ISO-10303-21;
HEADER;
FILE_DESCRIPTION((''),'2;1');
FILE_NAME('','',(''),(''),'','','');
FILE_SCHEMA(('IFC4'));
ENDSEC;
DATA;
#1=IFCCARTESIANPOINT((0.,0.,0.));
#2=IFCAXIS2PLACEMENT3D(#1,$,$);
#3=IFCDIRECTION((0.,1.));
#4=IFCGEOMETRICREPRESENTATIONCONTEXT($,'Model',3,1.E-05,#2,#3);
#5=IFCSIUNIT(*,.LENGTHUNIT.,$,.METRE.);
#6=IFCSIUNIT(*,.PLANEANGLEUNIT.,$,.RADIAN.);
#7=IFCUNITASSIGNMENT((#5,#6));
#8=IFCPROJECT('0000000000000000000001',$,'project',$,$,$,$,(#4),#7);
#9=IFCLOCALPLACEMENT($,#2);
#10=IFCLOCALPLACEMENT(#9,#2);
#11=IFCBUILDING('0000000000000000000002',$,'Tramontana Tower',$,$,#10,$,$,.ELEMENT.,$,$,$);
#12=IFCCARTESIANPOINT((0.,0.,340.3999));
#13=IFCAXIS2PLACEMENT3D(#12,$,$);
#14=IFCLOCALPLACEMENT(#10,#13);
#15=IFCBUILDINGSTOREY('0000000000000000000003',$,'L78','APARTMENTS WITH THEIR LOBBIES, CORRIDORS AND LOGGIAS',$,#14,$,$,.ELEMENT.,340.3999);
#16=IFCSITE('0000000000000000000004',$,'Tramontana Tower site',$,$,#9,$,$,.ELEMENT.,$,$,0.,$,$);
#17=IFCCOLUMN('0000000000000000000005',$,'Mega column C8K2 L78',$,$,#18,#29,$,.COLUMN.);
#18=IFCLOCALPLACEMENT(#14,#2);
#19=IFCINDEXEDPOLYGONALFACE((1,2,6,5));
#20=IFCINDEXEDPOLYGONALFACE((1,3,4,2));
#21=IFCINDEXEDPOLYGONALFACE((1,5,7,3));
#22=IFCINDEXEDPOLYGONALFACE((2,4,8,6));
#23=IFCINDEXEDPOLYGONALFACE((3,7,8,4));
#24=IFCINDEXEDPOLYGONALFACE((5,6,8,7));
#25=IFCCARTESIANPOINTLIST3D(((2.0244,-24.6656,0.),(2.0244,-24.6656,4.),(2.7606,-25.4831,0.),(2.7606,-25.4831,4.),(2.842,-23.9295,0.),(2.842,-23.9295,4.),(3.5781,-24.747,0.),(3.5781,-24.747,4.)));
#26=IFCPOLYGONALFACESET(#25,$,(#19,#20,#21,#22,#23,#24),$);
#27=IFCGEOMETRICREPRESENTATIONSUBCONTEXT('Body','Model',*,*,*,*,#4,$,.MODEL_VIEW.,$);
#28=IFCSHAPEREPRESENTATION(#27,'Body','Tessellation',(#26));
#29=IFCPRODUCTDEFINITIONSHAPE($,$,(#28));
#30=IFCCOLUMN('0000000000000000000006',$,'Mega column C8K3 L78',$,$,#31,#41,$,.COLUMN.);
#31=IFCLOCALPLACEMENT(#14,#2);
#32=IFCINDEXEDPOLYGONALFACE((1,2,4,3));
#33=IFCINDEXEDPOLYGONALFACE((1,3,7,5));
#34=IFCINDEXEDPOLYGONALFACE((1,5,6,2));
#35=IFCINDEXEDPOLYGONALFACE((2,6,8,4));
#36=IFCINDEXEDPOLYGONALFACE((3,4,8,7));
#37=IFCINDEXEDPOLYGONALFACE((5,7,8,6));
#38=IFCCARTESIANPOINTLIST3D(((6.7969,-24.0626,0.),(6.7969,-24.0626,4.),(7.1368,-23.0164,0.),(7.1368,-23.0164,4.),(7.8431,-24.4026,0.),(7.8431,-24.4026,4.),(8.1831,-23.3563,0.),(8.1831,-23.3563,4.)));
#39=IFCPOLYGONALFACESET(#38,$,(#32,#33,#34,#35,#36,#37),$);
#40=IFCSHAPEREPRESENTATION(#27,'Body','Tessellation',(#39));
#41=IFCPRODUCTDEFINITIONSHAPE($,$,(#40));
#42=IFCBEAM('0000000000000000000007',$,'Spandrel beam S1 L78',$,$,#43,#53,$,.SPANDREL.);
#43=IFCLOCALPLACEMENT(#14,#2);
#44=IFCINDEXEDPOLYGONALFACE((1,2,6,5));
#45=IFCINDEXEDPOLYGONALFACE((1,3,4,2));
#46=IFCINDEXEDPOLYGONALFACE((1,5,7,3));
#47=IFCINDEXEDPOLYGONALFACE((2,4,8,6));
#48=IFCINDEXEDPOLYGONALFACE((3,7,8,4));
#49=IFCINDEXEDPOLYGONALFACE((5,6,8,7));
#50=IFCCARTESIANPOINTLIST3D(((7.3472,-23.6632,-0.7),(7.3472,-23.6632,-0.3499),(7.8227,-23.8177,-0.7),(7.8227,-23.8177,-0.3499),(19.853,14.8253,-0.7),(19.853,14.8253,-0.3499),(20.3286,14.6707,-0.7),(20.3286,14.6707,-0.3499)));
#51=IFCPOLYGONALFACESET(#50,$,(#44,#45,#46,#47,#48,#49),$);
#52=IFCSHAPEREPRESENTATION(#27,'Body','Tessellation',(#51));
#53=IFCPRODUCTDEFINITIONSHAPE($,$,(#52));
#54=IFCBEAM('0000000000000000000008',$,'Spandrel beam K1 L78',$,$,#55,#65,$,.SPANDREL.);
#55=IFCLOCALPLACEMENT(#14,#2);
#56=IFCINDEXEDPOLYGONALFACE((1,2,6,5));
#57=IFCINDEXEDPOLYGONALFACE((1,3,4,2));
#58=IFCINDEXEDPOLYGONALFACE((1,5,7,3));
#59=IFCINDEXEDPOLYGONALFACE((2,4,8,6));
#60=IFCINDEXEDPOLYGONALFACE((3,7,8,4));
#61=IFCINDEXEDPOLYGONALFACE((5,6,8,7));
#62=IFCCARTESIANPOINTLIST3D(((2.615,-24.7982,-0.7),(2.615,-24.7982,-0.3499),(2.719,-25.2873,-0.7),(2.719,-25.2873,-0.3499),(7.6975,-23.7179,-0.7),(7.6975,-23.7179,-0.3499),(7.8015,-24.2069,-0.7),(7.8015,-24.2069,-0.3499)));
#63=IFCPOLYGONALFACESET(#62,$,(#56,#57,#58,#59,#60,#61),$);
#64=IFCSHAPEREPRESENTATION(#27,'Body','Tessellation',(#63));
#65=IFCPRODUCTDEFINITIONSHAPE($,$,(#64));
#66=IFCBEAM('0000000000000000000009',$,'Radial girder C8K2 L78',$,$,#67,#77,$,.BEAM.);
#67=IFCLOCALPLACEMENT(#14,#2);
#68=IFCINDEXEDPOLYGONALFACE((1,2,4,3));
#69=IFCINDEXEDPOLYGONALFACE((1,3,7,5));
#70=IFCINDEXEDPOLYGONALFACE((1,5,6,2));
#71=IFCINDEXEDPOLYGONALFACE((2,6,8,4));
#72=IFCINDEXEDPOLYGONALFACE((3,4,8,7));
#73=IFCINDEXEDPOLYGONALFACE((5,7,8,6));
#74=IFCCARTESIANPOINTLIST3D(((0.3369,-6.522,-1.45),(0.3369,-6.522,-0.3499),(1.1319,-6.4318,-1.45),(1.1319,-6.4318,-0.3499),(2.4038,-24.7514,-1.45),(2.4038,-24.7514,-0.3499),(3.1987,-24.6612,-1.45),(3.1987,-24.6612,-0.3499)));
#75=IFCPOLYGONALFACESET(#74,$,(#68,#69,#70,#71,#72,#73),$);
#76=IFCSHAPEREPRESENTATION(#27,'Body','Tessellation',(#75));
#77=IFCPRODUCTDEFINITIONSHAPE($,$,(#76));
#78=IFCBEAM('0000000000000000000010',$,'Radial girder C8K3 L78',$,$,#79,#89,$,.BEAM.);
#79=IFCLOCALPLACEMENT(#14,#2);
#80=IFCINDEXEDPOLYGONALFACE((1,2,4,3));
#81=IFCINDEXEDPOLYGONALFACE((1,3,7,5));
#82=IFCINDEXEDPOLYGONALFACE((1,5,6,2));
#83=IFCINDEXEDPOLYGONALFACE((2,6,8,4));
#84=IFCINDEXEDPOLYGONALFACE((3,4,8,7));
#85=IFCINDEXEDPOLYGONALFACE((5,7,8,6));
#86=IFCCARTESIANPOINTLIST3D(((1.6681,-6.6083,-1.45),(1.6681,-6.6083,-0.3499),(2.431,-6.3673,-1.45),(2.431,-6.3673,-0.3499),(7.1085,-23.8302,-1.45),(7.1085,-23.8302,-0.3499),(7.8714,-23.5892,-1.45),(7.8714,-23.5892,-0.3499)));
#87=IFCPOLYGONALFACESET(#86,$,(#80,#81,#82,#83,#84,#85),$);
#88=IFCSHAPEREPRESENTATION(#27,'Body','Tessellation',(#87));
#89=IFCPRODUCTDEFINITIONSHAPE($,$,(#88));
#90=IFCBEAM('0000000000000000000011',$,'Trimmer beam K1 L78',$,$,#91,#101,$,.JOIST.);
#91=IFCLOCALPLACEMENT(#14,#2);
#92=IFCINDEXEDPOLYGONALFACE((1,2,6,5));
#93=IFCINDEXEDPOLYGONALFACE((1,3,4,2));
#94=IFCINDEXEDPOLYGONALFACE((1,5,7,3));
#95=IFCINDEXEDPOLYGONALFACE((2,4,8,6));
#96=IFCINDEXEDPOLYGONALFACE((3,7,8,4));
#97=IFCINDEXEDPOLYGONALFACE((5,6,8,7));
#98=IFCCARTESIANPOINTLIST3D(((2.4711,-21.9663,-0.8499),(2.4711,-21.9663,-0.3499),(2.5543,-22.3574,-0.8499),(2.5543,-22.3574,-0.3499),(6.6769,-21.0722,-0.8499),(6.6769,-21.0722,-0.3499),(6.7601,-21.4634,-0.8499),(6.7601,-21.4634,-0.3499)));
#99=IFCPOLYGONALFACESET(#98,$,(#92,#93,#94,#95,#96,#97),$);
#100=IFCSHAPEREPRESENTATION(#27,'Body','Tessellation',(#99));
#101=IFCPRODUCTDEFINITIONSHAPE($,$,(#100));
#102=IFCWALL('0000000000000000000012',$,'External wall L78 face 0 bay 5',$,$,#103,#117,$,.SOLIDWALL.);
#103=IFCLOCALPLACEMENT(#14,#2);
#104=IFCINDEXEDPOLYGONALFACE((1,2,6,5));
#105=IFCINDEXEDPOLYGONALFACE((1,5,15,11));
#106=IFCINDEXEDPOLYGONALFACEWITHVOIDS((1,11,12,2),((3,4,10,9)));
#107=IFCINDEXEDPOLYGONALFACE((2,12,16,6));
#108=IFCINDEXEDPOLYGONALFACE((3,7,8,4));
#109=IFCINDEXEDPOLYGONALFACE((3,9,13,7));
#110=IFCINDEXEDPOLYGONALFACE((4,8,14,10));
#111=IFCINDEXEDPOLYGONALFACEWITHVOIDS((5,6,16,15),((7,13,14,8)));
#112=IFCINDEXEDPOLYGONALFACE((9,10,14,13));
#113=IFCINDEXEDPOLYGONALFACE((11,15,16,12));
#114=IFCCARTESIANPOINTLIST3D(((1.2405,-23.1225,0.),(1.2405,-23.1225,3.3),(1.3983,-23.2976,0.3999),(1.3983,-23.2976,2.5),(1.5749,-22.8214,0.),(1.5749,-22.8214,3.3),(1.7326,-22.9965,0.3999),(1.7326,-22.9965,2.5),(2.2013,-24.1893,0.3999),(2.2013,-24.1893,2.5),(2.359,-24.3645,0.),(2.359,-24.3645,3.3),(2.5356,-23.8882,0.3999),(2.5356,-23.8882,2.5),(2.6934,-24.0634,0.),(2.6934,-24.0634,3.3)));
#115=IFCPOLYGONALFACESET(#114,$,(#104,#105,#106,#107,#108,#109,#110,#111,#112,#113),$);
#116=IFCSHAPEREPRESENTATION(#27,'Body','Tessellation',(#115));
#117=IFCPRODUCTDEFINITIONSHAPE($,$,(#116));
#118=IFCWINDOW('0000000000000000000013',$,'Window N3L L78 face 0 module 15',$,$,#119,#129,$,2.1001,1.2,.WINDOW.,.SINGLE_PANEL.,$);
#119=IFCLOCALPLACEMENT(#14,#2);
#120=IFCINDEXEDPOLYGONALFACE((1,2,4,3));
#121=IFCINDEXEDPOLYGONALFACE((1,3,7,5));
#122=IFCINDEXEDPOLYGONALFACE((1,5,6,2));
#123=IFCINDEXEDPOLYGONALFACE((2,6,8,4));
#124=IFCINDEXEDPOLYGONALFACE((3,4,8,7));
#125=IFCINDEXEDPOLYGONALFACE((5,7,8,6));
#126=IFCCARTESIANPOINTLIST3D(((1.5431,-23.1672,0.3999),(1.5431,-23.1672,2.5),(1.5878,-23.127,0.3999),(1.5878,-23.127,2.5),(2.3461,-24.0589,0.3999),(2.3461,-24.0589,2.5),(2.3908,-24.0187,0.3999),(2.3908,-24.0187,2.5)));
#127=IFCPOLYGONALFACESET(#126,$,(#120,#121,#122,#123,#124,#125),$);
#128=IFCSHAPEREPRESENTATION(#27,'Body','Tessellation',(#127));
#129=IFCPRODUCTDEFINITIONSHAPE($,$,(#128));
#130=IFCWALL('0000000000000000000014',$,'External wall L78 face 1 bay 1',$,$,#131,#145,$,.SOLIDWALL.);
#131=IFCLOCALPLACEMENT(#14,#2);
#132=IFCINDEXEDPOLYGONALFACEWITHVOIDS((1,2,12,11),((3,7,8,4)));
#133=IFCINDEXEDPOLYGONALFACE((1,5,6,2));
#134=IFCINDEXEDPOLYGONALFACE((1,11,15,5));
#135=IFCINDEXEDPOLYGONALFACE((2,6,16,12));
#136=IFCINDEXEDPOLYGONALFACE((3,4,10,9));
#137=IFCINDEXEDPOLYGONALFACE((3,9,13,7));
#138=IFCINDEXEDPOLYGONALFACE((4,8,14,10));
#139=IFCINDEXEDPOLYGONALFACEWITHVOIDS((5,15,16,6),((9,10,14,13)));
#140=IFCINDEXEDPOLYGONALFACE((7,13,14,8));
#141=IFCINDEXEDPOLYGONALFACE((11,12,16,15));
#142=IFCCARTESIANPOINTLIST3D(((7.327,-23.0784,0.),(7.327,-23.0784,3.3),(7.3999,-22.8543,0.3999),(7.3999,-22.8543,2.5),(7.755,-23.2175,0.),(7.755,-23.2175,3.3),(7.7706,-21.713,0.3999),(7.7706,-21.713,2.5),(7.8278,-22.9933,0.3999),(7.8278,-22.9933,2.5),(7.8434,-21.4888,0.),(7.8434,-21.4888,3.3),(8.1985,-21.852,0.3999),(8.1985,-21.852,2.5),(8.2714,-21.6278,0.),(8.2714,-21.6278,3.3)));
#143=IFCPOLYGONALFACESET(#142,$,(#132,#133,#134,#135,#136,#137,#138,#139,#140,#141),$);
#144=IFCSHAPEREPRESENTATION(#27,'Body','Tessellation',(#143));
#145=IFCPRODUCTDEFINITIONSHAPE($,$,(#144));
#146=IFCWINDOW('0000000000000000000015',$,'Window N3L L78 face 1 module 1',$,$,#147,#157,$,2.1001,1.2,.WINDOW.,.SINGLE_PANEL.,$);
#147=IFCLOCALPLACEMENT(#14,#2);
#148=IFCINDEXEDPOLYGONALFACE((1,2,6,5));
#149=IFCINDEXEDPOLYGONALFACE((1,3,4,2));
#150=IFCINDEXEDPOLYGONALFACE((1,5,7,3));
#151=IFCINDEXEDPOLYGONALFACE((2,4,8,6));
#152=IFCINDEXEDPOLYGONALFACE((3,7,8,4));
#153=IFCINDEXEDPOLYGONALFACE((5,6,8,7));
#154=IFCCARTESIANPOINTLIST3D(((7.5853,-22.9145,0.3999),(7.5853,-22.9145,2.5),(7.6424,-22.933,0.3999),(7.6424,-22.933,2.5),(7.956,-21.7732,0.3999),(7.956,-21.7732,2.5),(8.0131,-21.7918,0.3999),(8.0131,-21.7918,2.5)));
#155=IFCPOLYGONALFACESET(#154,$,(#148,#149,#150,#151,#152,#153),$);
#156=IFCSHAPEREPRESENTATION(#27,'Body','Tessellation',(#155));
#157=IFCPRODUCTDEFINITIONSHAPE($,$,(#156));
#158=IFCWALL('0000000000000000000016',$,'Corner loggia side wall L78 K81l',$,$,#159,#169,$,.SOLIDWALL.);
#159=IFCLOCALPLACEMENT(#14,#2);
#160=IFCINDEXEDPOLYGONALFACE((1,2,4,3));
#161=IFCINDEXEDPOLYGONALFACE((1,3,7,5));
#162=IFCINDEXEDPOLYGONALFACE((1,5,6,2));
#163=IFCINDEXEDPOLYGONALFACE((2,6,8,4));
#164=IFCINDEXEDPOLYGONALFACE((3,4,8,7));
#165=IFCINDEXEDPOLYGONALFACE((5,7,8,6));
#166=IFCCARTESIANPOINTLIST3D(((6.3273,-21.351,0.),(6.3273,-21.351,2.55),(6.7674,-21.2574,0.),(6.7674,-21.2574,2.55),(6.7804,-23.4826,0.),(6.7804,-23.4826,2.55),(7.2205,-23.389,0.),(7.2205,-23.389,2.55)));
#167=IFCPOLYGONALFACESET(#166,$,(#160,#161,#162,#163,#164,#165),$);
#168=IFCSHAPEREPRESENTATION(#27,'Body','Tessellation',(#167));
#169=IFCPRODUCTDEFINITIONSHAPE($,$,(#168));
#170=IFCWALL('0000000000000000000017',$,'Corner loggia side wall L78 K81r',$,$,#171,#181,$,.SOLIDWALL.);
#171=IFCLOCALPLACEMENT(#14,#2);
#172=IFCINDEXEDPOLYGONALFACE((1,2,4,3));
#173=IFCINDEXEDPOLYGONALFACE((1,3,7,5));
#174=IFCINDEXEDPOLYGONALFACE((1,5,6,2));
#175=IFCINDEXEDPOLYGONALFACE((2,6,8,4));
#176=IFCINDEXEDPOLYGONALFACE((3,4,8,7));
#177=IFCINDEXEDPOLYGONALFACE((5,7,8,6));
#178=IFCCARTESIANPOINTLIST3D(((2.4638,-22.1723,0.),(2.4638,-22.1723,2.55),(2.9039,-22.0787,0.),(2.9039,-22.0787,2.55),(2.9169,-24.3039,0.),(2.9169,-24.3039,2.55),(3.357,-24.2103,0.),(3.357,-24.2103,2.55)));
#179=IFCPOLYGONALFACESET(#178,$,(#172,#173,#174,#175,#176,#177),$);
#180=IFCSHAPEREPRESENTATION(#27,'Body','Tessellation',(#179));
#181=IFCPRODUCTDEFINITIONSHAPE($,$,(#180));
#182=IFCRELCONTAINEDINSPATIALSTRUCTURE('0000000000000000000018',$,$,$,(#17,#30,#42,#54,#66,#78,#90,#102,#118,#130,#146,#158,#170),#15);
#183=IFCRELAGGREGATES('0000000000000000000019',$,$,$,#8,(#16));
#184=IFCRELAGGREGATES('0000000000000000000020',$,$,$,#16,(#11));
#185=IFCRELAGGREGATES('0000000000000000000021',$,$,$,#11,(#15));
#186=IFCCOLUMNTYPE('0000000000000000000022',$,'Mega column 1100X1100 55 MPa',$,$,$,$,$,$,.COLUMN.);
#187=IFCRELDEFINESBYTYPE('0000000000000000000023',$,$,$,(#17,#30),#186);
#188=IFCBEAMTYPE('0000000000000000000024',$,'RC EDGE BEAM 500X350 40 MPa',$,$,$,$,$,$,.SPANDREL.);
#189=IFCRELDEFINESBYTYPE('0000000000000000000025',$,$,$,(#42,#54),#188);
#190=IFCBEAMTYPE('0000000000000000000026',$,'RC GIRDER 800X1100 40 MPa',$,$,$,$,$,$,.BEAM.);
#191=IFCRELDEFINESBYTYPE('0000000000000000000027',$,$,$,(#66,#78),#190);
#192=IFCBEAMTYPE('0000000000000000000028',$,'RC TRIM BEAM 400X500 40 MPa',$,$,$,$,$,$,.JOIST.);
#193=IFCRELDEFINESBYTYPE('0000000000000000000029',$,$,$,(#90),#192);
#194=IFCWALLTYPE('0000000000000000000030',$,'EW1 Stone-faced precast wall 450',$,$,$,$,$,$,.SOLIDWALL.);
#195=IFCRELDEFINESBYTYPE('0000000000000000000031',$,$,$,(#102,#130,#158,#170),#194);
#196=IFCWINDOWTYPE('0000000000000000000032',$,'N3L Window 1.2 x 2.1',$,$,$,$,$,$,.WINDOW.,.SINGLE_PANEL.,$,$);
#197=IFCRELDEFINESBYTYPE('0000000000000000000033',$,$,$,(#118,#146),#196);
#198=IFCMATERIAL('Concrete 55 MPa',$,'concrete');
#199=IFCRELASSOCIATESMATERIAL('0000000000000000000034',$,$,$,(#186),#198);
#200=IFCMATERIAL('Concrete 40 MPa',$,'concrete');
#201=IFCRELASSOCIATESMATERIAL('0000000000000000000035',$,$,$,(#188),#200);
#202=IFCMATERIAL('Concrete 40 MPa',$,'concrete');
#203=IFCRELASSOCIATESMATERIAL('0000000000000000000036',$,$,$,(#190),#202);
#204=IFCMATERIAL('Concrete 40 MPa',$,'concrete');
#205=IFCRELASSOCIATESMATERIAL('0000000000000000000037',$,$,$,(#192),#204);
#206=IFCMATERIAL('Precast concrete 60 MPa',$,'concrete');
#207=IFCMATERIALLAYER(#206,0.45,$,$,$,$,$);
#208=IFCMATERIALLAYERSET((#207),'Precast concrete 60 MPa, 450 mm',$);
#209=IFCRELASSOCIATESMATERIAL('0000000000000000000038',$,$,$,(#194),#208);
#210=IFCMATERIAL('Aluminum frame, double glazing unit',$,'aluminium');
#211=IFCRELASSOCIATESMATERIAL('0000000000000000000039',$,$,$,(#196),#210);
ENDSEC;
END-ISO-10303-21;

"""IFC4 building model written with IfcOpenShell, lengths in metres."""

from ifc_helpers import new_model, si_unit, direction, frame, frame_2d, origin, origin_2d, place, context, subcontext, project, spatial, rectangle, extrude, material, layer, layer_set, material_profile, profile_set, type_object, element, fill, save


model = new_model("IFC4")

# Units and contexts
model_context = context("Model", 3, precision=1e-05, world=origin(), true_north=direction((0.0, 1.0)))
body_context = subcontext(model_context, "Body", "Model", "MODEL_VIEW")
ifc_project = project(units=[si_unit("LENGTHUNIT", "METRE"), si_unit("PLANEANGLEUNIT", "RADIAN")], contexts=[model_context])

# Site, building, storey
site_placement = place(None, origin())
site = spatial("IfcSite", under=ifc_project, at=site_placement, Name="Tramontana Tower site", CompositionType="ELEMENT", RefElevation=0.0)
building_placement = place(site_placement, origin())
building = spatial("IfcBuilding", under=site, at=building_placement, Name="Tramontana Tower", CompositionType="ELEMENT")
storey_placement = place(building_placement, frame((0.0, 0.0, 340.3999)))
storey = spatial("IfcBuildingStorey", under=building, at=storey_placement, Name="L78", Description="APARTMENTS WITH THEIR LOBBIES, CORRIDORS AND LOGGIAS", CompositionType="ELEMENT", Elevation=340.3999)

# Columns
ifc_material_1 = material(Name="Concrete 55 MPa", Category="concrete")
ifc_material_profile_1 = material_profile(ifc_material_1, rectangle(XDim=1.1001, YDim=1.1001, at=origin_2d()), Name="Mega column 1100X1100 55 MPa")
ifc_profile_set_1 = profile_set([ifc_material_profile_1], Name="Concrete 55 MPa")
column_type = type_object("IfcColumnType", Name="Mega column 1100X1100 55 MPa", PredefinedType="COLUMN", material=ifc_profile_set_1)
for number, where, z_axis, x_axis, name in (
    (1, (2.8013, -24.7063, 0.0), (0.0, 0.0, 1.0), (0.669131, -0.743145, 0.0), "Mega column C8K2 L78"),
    (2, (7.49, -23.7095, 0.0), (0.0, 0.0, 1.0), (0.309017, 0.951057, 0.0), "Mega column C8K3 L78"),
):
    element("IfcColumn", number, at=place(storey_placement, frame(where, z_axis=z_axis, x_axis=x_axis)), inside=storey, type_object=column_type, Name=name, PredefinedType="COLUMN", context=body_context, shape_type="SweptSolid", body=[
        extrude(rectangle(XDim=1.1001, YDim=1.1001, at=origin_2d()), origin(), (0.0, 0.0, 1.0), 4.0),
    ])

# Beams
ifc_material_2 = material(Name="Concrete 40 MPa", Category="concrete")
ifc_material_profile_2 = material_profile(ifc_material_2, rectangle(XDim=0.5, YDim=0.3501, at=origin_2d()), Name="RC EDGE BEAM 500X350 40 MPa")
ifc_profile_set_2 = profile_set([ifc_material_profile_2], Name="Concrete 40 MPa")
beam_type_1 = type_object("IfcBeamType", Name="RC EDGE BEAM 500X350 40 MPa", PredefinedType="SPANDREL", material=ifc_profile_set_2)
beam_1_placement = place(storey_placement, frame((7.585, -23.7405, -0.5249), z_axis=(0.309021, 0.951055, 0.0), x_axis=(-0.951055, 0.309021, 0.0)))
element("IfcBeam", 3, at=beam_1_placement, inside=storey, type_object=beam_type_1, Name="Spandrel beam S1 L78", PredefinedType="SPANDREL", context=body_context, shape_type="SweptSolid", body=[
    extrude(rectangle(XDim=0.5, YDim=0.3501, at=origin_2d()), origin(), (0.0, 0.0, 1.0), 40.4692),
])
beam_2_placement = place(storey_placement, frame((2.667, -25.0427, -0.5249), z_axis=(0.978148, 0.207912, 0.0), x_axis=(-0.207912, 0.978148, 0.0)))
element("IfcBeam", 4, at=beam_2_placement, inside=storey, type_object=beam_type_1, Name="Spandrel beam K1 L78", PredefinedType="SPANDREL", context=body_context, shape_type="SweptSolid", body=[
    extrude(rectangle(XDim=0.5, YDim=0.3501, at=origin_2d()), origin(), (0.0, 0.0, 1.0), 5.196),
])
ifc_material_3 = material(Name="Concrete 40 MPa", Category="concrete")
ifc_material_profile_3 = material_profile(ifc_material_3, rectangle(XDim=0.8, YDim=1.1001, at=origin_2d()), Name="RC GIRDER 800X1100 40 MPa")
ifc_profile_set_3 = profile_set([ifc_material_profile_3], Name="Concrete 40 MPa")
beam_type_2 = type_object("IfcBeamType", Name="RC GIRDER 800X1100 40 MPa", PredefinedType="BEAM", material=ifc_profile_set_3)
beam_3_placement = place(storey_placement, frame((2.8013, -24.7063, -0.8999), z_axis=(-0.11266, 0.993634, 0.0), x_axis=(-0.993634, -0.11266, 0.0)))
element("IfcBeam", 5, at=beam_3_placement, inside=storey, type_object=beam_type_2, Name="Radial girder C8K2 L78", PredefinedType="BEAM", context=body_context, shape_type="SweptSolid", body=[
    extrude(rectangle(XDim=0.8, YDim=1.1001, at=origin_2d()), origin(), (0.0, 0.0, 1.0), 18.3462),
])
beam_4_placement = place(storey_placement, frame((7.49, -23.7097, -0.8999), z_axis=(-0.301228, 0.953552, 0.0), x_axis=(-0.953552, -0.301228, 0.0)))
element("IfcBeam", 6, at=beam_4_placement, inside=storey, type_object=beam_type_2, Name="Radial girder C8K3 L78", PredefinedType="BEAM", context=body_context, shape_type="SweptSolid", body=[
    extrude(rectangle(XDim=0.8, YDim=1.1001, at=origin_2d()), origin(), (0.0, 0.0, 1.0), 18.0608),
])
ifc_material_4 = material(Name="Concrete 40 MPa", Category="concrete")
ifc_material_profile_4 = material_profile(ifc_material_4, rectangle(XDim=0.3999, YDim=0.5, at=origin_2d()), Name="RC TRIM BEAM 400X500 40 MPa")
ifc_profile_set_4 = profile_set([ifc_material_profile_4], Name="Concrete 40 MPa")
beam_type_3 = type_object("IfcBeamType", Name="RC TRIM BEAM 400X500 40 MPa", PredefinedType="JOIST", material=ifc_profile_set_4)
beam_5_placement = place(storey_placement, frame((2.5127, -22.1619, -0.5999), z_axis=(0.978144, 0.207927, 0.0), x_axis=(-0.207927, 0.978144, 0.0)))
element("IfcBeam", 7, at=beam_5_placement, inside=storey, type_object=beam_type_3, Name="Trimmer beam K1 L78", PredefinedType="JOIST", context=body_context, shape_type="SweptSolid", body=[
    extrude(rectangle(XDim=0.3999, YDim=0.5, at=origin_2d()), origin(), (0.0, 0.0, 1.0), 4.2998),
])

# Walls, openings, windows
ifc_material_5 = material(Name="Precast concrete 60 MPa", Category="concrete")
ifc_layer_1 = layer(ifc_material_5, 0.45)
ifc_layer_set_1 = layer_set([ifc_layer_1], Name="Precast concrete 60 MPa, 450 mm")
wall_type_1 = type_object("IfcWallType", Name="EW1 Stone-faced precast wall 450", PredefinedType="SOLIDWALL", material=ifc_layer_set_1)
wall_1_placement = place(storey_placement, frame((1.4077, -22.9719, 0.0), z_axis=(0.0, 0.0, 1.0), x_axis=(0.669183, -0.743098, 0.0)))
wall_1 = element("IfcWall", 8, at=wall_1_placement, inside=storey, type_object=wall_type_1, Name="External wall L78 face 0 bay 5", PredefinedType="SOLIDWALL", context=body_context, shape_type="SweptSolid", body=[
    extrude(rectangle(XDim=1.6714, YDim=0.45, at=frame_2d((0.8357, 0.0))), origin(), (0.0, 0.0, 1.0), 3.3),
])
opening_1_placement = place(wall_1_placement, frame((0.2356, 0.0, 0.3999)))
opening_1 = element("IfcOpeningElement", 9, at=opening_1_placement, cuts=wall_1, PredefinedType="OPENING", context=body_context, shape_type="SweptSolid", body=[
    extrude(rectangle(XDim=1.2, YDim=2.1001, at=frame_2d((0.6001, 1.05))), frame((0.0, 0.2349, 0.0), z_axis=(0.0, -1.0, 0.0), x_axis=(1.0, 0.0, 0.0)), (0.0, 0.0, 1.0), 0.47),
])
ifc_material_6 = material(Name="Aluminum frame, double glazing unit", Category="aluminium")
window_type = type_object("IfcWindowType", Name="N3L Window 1.2 x 2.1", PartitioningType="SINGLE_PANEL", PredefinedType="WINDOW", material=ifc_material_6)
window_1_placement = place(opening_1_placement, origin())
window_1 = element("IfcWindow", 10, at=window_1_placement, inside=storey, type_object=window_type, Name="Window N3L L78 face 0 module 15", OverallHeight=2.1001, OverallWidth=1.2, PartitioningType="SINGLE_PANEL", PredefinedType="WINDOW", context=body_context, shape_type="SweptSolid", body=[
    extrude(rectangle(XDim=1.2, YDim=2.1001, at=frame_2d((0.6001, 1.05))), frame((0.0, 0.03, 0.0), z_axis=(0.0, -1.0, 0.0), x_axis=(1.0, 0.0, 0.0)), (0.0, 0.0, 1.0), 0.0601),
])
fill(opening_1, window_1)
wall_2_placement = place(storey_placement, frame((7.541, -23.1479, 0.0), z_axis=(0.0, 0.0, 1.0), x_axis=(0.308944, 0.95108, 0.0)))
wall_2 = element("IfcWall", 11, at=wall_2_placement, inside=storey, type_object=wall_type_1, Name="External wall L78 face 1 bay 1", PredefinedType="SOLIDWALL", context=body_context, shape_type="SweptSolid", body=[
    extrude(rectangle(XDim=1.6714, YDim=0.45, at=frame_2d((0.8357, 0.0))), origin(), (0.0, 0.0, 1.0), 3.3),
])
opening_2_placement = place(wall_2_placement, frame((0.2356, 0.0, 0.3999)))
opening_2 = element("IfcOpeningElement", 12, at=opening_2_placement, cuts=wall_2, PredefinedType="OPENING", context=body_context, shape_type="SweptSolid", body=[
    extrude(rectangle(XDim=1.2, YDim=2.1001, at=frame_2d((0.6001, 1.05))), frame((0.0, 0.2349, 0.0), z_axis=(0.0, -1.0, 0.0), x_axis=(1.0, 0.0, 0.0)), (0.0, 0.0, 1.0), 0.47),
])
window_2_placement = place(opening_2_placement, origin())
window_2 = element("IfcWindow", 13, at=window_2_placement, inside=storey, type_object=window_type, Name="Window N3L L78 face 1 module 1", OverallHeight=2.1001, OverallWidth=1.2, PartitioningType="SINGLE_PANEL", PredefinedType="WINDOW", context=body_context, shape_type="SweptSolid", body=[
    extrude(rectangle(XDim=1.2, YDim=2.1001, at=frame_2d((0.6001, 1.05))), frame((0.0, 0.03, 0.0), z_axis=(0.0, -1.0, 0.0), x_axis=(1.0, 0.0, 0.0)), (0.0, 0.0, 1.0), 0.0601),
])
fill(opening_2, window_2)

# Walls
for number, where, z_axis, x_axis, name in (
    (14, (7.0005, -23.4358, 0.0), (0.0, 0.0, 1.0), (-0.20793, 0.978144, 0.0), "Corner loggia side wall L78 K81l"),
    (15, (3.137, -24.2571, 0.0), (0.0, 0.0, 1.0), (-0.20793, 0.978144, 0.0), "Corner loggia side wall L78 K81r"),
):
    element("IfcWall", number, at=place(storey_placement, frame(where, z_axis=z_axis, x_axis=x_axis)), inside=storey, type_object=wall_type_1, Name=name, PredefinedType="SOLIDWALL", context=body_context, shape_type="SweptSolid", body=[
        extrude(rectangle(XDim=2.1792, YDim=0.45, at=frame_2d((1.0896, 0.0))), origin(), (0.0, 0.0, 1.0), 2.55),
    ])

save(model, "model.ifc")
